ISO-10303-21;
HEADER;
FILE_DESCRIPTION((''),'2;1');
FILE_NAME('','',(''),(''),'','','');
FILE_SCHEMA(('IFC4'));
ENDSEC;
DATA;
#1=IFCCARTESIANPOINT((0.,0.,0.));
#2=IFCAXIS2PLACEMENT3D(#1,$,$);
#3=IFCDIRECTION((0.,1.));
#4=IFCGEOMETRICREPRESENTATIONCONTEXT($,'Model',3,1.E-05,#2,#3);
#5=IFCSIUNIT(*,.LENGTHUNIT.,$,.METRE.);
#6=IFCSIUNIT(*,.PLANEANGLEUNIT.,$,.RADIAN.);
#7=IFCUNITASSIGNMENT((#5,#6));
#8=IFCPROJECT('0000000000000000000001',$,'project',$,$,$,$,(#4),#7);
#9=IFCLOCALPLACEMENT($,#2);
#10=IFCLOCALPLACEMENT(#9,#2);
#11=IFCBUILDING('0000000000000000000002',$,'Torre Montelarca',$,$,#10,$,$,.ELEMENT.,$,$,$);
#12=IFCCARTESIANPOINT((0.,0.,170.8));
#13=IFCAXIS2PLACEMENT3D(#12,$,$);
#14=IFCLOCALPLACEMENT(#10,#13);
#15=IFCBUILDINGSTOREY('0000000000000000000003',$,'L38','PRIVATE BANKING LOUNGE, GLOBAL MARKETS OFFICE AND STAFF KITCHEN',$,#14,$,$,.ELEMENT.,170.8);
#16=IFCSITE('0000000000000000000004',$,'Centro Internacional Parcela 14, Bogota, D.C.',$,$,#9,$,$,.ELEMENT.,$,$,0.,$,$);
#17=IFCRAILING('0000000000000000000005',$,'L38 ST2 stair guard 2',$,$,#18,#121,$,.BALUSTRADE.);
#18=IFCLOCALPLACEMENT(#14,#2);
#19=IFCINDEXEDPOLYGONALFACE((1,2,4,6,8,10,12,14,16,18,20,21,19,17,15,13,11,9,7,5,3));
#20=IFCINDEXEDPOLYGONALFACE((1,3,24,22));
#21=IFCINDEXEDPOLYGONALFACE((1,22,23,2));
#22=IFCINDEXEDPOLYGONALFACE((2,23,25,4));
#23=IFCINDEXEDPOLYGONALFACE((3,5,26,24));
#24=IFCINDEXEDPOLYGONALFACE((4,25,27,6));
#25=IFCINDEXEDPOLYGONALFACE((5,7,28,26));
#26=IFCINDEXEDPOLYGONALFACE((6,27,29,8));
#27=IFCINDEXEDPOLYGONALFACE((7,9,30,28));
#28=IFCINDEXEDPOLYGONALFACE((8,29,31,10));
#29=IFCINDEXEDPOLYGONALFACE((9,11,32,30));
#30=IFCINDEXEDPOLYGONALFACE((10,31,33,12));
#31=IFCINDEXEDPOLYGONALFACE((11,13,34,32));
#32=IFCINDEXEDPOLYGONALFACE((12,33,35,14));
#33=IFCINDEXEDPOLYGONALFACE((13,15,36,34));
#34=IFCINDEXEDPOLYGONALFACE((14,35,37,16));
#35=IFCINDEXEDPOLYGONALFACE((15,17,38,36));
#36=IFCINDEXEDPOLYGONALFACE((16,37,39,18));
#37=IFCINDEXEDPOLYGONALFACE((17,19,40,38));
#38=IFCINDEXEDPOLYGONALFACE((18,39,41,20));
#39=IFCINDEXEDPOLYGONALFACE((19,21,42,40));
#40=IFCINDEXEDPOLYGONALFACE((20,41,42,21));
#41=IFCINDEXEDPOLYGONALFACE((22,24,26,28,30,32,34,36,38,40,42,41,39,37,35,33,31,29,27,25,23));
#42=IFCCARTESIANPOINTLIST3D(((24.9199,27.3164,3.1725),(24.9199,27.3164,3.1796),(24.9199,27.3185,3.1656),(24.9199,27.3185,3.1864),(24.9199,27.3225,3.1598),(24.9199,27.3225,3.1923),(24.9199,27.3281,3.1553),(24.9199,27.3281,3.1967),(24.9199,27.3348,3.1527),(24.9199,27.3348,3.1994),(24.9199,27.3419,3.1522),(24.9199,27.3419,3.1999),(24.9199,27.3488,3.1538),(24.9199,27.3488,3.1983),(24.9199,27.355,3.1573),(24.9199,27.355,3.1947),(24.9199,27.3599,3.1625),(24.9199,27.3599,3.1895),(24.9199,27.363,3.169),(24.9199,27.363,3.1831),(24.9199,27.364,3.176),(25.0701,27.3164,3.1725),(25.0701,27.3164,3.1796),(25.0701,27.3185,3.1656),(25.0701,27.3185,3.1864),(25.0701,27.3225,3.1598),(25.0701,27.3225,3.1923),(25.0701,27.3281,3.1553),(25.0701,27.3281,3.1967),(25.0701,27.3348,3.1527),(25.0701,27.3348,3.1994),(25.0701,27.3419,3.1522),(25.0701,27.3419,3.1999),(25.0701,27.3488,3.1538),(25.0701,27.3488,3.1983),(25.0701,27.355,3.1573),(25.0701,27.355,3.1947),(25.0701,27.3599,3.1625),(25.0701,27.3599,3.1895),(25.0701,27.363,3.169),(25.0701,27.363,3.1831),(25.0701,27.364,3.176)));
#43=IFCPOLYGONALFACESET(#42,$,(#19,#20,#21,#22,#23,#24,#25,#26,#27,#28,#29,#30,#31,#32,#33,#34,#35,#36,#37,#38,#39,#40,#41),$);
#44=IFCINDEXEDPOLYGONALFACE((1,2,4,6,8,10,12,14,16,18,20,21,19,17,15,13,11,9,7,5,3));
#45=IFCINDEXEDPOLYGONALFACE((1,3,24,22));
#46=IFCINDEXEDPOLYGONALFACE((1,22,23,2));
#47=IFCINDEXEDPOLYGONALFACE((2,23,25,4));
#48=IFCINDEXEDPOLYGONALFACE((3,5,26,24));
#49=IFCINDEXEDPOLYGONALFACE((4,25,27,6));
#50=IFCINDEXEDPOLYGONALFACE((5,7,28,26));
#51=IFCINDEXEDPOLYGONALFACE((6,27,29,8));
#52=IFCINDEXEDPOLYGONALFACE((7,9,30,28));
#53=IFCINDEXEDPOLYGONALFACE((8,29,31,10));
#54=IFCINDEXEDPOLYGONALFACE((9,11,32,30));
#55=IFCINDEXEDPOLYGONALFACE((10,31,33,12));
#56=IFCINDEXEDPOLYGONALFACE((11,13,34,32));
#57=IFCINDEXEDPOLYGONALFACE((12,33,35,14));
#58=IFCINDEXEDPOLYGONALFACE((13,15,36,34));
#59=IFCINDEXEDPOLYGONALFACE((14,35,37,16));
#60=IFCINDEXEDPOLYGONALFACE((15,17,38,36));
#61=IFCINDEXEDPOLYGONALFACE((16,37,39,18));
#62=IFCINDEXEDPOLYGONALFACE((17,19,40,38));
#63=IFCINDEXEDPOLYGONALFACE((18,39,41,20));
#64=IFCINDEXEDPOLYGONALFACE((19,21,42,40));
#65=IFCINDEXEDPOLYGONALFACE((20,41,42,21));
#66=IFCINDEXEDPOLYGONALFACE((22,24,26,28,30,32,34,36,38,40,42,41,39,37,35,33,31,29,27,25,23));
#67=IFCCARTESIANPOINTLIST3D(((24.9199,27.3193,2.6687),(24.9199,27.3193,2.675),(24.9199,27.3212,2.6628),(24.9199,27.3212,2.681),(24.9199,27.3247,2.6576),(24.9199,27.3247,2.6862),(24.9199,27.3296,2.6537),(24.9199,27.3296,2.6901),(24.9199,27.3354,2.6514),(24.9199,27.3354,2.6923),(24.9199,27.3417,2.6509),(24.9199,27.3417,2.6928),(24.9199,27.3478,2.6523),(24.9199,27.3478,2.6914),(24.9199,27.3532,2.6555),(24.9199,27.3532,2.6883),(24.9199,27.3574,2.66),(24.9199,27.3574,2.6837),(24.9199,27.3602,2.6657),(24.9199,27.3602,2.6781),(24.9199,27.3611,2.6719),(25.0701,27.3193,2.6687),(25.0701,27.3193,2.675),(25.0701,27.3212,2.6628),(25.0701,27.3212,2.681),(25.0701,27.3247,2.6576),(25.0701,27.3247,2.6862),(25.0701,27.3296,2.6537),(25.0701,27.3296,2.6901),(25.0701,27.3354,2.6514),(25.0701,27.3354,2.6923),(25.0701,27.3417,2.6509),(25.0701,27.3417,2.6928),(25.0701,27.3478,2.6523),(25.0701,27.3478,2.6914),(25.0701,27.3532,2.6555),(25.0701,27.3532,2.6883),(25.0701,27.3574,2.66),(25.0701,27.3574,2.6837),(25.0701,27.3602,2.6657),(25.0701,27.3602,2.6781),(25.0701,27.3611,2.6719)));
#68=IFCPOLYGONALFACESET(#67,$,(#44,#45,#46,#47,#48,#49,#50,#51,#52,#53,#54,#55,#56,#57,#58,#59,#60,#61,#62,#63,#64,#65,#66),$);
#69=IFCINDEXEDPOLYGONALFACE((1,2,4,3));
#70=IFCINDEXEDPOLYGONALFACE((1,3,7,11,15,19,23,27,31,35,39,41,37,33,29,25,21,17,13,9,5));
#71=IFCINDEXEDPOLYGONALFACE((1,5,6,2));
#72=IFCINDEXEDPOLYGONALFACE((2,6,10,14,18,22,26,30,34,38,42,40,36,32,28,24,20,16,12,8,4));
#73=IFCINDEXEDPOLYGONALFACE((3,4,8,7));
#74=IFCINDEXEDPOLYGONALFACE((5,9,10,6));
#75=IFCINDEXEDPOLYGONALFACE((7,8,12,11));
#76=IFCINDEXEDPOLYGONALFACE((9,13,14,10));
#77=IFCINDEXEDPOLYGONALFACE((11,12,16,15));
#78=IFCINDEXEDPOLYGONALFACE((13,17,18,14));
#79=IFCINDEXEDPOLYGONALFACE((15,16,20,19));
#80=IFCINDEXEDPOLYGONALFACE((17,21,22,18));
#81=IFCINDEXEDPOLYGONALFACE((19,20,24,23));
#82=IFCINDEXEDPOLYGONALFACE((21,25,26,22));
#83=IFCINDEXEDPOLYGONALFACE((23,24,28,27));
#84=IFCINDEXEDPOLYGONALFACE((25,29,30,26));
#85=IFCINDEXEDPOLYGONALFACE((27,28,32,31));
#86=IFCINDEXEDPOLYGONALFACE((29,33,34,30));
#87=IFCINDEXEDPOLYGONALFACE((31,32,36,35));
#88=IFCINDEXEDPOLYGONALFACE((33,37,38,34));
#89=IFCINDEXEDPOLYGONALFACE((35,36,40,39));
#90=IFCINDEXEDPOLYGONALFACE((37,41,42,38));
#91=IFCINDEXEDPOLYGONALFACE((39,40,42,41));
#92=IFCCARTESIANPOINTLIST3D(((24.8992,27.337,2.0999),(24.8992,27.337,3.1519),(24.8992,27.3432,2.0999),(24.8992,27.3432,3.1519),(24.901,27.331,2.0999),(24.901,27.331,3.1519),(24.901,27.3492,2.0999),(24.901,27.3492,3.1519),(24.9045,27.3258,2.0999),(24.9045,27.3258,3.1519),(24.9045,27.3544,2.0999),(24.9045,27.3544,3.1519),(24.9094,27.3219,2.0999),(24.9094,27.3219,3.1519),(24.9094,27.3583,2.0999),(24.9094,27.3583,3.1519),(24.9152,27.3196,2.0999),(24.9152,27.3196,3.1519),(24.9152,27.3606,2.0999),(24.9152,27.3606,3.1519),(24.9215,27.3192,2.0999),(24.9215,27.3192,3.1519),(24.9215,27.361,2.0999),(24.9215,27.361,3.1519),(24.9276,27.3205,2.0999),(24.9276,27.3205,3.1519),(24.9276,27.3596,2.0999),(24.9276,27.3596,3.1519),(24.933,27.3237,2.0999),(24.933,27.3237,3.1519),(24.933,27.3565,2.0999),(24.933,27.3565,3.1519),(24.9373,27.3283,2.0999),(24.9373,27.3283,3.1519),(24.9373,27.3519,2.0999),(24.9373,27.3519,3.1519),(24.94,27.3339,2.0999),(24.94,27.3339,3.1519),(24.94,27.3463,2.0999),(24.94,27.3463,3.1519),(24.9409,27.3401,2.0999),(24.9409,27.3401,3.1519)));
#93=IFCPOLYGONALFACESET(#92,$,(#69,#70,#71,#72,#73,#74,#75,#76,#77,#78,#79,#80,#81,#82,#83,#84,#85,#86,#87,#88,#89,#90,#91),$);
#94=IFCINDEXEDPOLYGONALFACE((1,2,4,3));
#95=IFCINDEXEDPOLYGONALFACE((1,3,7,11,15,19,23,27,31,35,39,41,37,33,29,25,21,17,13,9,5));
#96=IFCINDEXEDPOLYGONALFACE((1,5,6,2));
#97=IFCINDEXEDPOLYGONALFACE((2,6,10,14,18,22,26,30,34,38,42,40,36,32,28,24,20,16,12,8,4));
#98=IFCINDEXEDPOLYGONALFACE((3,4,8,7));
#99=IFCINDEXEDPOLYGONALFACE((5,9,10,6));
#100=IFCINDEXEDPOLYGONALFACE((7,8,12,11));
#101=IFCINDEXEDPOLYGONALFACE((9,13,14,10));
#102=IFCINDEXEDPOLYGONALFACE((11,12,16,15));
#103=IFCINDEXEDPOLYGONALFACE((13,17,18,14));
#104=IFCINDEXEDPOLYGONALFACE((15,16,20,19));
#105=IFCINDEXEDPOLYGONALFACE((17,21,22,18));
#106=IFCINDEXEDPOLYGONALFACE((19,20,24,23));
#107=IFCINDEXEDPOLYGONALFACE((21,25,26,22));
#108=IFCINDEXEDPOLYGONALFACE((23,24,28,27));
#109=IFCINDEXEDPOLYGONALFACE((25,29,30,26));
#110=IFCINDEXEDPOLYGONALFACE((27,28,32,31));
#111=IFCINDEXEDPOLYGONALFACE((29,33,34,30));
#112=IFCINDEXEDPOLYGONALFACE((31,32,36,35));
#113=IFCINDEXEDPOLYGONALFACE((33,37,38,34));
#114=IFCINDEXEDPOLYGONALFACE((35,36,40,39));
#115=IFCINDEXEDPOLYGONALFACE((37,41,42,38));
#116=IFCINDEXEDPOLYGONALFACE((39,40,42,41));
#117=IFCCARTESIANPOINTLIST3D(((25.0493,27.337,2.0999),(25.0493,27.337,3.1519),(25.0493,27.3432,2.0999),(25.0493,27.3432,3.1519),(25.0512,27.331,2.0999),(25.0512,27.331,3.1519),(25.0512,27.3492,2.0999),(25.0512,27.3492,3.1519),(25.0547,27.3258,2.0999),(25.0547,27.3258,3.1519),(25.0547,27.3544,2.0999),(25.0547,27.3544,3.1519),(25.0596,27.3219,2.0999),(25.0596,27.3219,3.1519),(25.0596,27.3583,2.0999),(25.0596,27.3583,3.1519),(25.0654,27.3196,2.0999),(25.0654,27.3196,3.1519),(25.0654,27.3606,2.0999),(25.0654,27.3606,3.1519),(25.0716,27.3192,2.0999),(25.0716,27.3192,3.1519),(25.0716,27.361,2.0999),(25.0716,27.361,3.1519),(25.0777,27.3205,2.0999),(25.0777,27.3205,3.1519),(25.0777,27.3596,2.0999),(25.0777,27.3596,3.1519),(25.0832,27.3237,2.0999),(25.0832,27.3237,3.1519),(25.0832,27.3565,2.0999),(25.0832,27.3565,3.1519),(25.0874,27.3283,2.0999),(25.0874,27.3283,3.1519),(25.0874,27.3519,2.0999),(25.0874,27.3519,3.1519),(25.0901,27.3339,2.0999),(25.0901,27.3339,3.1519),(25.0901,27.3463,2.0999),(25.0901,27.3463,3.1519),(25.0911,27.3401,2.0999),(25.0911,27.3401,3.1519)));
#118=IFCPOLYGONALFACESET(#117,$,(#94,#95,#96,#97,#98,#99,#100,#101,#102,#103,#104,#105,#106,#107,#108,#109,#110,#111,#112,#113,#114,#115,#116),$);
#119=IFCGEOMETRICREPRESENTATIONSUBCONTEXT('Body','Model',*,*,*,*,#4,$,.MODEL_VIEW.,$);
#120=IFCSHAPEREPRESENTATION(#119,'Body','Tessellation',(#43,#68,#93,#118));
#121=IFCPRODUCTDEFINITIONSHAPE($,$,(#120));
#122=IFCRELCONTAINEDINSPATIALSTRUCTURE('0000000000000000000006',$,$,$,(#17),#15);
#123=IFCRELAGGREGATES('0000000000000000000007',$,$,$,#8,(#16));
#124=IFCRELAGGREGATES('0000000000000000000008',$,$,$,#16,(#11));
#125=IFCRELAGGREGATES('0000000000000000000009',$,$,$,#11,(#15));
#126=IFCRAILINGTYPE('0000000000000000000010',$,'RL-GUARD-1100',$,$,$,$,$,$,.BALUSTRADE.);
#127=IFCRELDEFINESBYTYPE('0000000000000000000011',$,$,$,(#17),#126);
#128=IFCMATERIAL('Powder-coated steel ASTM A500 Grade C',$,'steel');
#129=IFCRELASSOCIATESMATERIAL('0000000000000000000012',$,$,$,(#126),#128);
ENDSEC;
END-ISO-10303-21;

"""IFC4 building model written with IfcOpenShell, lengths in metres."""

from ifc_helpers import new_model, si_unit, direction, frame, origin, origin_2d, place, context, subcontext, project, spatial, circle, extrude, material, type_object, element, save


model = new_model("IFC4")

# Units and contexts
model_context = context("Model", 3, precision=1e-05, world=origin(), true_north=direction((0.0, 1.0)))
body_context = subcontext(model_context, "Body", "Model", "MODEL_VIEW")
ifc_project = project(units=[si_unit("LENGTHUNIT", "METRE"), si_unit("PLANEANGLEUNIT", "RADIAN")], contexts=[model_context])

# Site, building, storey
site_placement = place(None, origin())
site = spatial("IfcSite", under=ifc_project, at=site_placement, Name="Centro Internacional Parcela 14, Bogota, D.C.", CompositionType="ELEMENT", RefElevation=0.0)
building_placement = place(site_placement, origin())
building = spatial("IfcBuilding", under=site, at=building_placement, Name="Torre Montelarca", CompositionType="ELEMENT")
storey_placement = place(building_placement, frame((0.0, 0.0, 170.8)))
storey = spatial("IfcBuildingStorey", under=building, at=storey_placement, Name="L38", Description="PRIVATE BANKING LOUNGE, GLOBAL MARKETS OFFICE AND STAFF KITCHEN", CompositionType="ELEMENT", Elevation=170.8)

# Railing
ifc_material_1 = material(Name="Powder-coated steel ASTM A500 Grade C", Category="steel")
railing_type = type_object("IfcRailingType", Name="RL-GUARD-1100", PredefinedType="BALUSTRADE", material=ifc_material_1)
railing_1_placement = place(storey_placement, frame((24.9199, 27.3401, 2.0999)))
element("IfcRailing", 1, at=railing_1_placement, inside=storey, type_object=railing_type, Name="L38 ST2 stair guard 2", PredefinedType="BALUSTRADE", context=body_context, shape_type="SweptSolid", body=[
    extrude(circle(Radius=0.0239, at=origin_2d()), frame((0.0, 0.0, 1.0762), z_axis=(1.0, 0.0, 0.0), x_axis=(0.0, 1.0, 0.0)), (0.0, 0.0, 1.0), 0.1501),
    extrude(circle(Radius=0.021, at=origin_2d()), frame((0.0, 0.0, 0.572), z_axis=(1.0, 0.0, 0.0), x_axis=(0.0, 1.0, 0.0)), (0.0, 0.0, 1.0), 0.1501),
    extrude(circle(Radius=0.021, at=origin_2d()), origin(), (0.0, 0.0, 1.0), 1.052),
    extrude(circle(Radius=0.021, at=origin_2d()), frame((0.1501, 0.0, 0.0)), (0.0, 0.0, 1.0), 1.052),
])

save(model, "model.ifc")
